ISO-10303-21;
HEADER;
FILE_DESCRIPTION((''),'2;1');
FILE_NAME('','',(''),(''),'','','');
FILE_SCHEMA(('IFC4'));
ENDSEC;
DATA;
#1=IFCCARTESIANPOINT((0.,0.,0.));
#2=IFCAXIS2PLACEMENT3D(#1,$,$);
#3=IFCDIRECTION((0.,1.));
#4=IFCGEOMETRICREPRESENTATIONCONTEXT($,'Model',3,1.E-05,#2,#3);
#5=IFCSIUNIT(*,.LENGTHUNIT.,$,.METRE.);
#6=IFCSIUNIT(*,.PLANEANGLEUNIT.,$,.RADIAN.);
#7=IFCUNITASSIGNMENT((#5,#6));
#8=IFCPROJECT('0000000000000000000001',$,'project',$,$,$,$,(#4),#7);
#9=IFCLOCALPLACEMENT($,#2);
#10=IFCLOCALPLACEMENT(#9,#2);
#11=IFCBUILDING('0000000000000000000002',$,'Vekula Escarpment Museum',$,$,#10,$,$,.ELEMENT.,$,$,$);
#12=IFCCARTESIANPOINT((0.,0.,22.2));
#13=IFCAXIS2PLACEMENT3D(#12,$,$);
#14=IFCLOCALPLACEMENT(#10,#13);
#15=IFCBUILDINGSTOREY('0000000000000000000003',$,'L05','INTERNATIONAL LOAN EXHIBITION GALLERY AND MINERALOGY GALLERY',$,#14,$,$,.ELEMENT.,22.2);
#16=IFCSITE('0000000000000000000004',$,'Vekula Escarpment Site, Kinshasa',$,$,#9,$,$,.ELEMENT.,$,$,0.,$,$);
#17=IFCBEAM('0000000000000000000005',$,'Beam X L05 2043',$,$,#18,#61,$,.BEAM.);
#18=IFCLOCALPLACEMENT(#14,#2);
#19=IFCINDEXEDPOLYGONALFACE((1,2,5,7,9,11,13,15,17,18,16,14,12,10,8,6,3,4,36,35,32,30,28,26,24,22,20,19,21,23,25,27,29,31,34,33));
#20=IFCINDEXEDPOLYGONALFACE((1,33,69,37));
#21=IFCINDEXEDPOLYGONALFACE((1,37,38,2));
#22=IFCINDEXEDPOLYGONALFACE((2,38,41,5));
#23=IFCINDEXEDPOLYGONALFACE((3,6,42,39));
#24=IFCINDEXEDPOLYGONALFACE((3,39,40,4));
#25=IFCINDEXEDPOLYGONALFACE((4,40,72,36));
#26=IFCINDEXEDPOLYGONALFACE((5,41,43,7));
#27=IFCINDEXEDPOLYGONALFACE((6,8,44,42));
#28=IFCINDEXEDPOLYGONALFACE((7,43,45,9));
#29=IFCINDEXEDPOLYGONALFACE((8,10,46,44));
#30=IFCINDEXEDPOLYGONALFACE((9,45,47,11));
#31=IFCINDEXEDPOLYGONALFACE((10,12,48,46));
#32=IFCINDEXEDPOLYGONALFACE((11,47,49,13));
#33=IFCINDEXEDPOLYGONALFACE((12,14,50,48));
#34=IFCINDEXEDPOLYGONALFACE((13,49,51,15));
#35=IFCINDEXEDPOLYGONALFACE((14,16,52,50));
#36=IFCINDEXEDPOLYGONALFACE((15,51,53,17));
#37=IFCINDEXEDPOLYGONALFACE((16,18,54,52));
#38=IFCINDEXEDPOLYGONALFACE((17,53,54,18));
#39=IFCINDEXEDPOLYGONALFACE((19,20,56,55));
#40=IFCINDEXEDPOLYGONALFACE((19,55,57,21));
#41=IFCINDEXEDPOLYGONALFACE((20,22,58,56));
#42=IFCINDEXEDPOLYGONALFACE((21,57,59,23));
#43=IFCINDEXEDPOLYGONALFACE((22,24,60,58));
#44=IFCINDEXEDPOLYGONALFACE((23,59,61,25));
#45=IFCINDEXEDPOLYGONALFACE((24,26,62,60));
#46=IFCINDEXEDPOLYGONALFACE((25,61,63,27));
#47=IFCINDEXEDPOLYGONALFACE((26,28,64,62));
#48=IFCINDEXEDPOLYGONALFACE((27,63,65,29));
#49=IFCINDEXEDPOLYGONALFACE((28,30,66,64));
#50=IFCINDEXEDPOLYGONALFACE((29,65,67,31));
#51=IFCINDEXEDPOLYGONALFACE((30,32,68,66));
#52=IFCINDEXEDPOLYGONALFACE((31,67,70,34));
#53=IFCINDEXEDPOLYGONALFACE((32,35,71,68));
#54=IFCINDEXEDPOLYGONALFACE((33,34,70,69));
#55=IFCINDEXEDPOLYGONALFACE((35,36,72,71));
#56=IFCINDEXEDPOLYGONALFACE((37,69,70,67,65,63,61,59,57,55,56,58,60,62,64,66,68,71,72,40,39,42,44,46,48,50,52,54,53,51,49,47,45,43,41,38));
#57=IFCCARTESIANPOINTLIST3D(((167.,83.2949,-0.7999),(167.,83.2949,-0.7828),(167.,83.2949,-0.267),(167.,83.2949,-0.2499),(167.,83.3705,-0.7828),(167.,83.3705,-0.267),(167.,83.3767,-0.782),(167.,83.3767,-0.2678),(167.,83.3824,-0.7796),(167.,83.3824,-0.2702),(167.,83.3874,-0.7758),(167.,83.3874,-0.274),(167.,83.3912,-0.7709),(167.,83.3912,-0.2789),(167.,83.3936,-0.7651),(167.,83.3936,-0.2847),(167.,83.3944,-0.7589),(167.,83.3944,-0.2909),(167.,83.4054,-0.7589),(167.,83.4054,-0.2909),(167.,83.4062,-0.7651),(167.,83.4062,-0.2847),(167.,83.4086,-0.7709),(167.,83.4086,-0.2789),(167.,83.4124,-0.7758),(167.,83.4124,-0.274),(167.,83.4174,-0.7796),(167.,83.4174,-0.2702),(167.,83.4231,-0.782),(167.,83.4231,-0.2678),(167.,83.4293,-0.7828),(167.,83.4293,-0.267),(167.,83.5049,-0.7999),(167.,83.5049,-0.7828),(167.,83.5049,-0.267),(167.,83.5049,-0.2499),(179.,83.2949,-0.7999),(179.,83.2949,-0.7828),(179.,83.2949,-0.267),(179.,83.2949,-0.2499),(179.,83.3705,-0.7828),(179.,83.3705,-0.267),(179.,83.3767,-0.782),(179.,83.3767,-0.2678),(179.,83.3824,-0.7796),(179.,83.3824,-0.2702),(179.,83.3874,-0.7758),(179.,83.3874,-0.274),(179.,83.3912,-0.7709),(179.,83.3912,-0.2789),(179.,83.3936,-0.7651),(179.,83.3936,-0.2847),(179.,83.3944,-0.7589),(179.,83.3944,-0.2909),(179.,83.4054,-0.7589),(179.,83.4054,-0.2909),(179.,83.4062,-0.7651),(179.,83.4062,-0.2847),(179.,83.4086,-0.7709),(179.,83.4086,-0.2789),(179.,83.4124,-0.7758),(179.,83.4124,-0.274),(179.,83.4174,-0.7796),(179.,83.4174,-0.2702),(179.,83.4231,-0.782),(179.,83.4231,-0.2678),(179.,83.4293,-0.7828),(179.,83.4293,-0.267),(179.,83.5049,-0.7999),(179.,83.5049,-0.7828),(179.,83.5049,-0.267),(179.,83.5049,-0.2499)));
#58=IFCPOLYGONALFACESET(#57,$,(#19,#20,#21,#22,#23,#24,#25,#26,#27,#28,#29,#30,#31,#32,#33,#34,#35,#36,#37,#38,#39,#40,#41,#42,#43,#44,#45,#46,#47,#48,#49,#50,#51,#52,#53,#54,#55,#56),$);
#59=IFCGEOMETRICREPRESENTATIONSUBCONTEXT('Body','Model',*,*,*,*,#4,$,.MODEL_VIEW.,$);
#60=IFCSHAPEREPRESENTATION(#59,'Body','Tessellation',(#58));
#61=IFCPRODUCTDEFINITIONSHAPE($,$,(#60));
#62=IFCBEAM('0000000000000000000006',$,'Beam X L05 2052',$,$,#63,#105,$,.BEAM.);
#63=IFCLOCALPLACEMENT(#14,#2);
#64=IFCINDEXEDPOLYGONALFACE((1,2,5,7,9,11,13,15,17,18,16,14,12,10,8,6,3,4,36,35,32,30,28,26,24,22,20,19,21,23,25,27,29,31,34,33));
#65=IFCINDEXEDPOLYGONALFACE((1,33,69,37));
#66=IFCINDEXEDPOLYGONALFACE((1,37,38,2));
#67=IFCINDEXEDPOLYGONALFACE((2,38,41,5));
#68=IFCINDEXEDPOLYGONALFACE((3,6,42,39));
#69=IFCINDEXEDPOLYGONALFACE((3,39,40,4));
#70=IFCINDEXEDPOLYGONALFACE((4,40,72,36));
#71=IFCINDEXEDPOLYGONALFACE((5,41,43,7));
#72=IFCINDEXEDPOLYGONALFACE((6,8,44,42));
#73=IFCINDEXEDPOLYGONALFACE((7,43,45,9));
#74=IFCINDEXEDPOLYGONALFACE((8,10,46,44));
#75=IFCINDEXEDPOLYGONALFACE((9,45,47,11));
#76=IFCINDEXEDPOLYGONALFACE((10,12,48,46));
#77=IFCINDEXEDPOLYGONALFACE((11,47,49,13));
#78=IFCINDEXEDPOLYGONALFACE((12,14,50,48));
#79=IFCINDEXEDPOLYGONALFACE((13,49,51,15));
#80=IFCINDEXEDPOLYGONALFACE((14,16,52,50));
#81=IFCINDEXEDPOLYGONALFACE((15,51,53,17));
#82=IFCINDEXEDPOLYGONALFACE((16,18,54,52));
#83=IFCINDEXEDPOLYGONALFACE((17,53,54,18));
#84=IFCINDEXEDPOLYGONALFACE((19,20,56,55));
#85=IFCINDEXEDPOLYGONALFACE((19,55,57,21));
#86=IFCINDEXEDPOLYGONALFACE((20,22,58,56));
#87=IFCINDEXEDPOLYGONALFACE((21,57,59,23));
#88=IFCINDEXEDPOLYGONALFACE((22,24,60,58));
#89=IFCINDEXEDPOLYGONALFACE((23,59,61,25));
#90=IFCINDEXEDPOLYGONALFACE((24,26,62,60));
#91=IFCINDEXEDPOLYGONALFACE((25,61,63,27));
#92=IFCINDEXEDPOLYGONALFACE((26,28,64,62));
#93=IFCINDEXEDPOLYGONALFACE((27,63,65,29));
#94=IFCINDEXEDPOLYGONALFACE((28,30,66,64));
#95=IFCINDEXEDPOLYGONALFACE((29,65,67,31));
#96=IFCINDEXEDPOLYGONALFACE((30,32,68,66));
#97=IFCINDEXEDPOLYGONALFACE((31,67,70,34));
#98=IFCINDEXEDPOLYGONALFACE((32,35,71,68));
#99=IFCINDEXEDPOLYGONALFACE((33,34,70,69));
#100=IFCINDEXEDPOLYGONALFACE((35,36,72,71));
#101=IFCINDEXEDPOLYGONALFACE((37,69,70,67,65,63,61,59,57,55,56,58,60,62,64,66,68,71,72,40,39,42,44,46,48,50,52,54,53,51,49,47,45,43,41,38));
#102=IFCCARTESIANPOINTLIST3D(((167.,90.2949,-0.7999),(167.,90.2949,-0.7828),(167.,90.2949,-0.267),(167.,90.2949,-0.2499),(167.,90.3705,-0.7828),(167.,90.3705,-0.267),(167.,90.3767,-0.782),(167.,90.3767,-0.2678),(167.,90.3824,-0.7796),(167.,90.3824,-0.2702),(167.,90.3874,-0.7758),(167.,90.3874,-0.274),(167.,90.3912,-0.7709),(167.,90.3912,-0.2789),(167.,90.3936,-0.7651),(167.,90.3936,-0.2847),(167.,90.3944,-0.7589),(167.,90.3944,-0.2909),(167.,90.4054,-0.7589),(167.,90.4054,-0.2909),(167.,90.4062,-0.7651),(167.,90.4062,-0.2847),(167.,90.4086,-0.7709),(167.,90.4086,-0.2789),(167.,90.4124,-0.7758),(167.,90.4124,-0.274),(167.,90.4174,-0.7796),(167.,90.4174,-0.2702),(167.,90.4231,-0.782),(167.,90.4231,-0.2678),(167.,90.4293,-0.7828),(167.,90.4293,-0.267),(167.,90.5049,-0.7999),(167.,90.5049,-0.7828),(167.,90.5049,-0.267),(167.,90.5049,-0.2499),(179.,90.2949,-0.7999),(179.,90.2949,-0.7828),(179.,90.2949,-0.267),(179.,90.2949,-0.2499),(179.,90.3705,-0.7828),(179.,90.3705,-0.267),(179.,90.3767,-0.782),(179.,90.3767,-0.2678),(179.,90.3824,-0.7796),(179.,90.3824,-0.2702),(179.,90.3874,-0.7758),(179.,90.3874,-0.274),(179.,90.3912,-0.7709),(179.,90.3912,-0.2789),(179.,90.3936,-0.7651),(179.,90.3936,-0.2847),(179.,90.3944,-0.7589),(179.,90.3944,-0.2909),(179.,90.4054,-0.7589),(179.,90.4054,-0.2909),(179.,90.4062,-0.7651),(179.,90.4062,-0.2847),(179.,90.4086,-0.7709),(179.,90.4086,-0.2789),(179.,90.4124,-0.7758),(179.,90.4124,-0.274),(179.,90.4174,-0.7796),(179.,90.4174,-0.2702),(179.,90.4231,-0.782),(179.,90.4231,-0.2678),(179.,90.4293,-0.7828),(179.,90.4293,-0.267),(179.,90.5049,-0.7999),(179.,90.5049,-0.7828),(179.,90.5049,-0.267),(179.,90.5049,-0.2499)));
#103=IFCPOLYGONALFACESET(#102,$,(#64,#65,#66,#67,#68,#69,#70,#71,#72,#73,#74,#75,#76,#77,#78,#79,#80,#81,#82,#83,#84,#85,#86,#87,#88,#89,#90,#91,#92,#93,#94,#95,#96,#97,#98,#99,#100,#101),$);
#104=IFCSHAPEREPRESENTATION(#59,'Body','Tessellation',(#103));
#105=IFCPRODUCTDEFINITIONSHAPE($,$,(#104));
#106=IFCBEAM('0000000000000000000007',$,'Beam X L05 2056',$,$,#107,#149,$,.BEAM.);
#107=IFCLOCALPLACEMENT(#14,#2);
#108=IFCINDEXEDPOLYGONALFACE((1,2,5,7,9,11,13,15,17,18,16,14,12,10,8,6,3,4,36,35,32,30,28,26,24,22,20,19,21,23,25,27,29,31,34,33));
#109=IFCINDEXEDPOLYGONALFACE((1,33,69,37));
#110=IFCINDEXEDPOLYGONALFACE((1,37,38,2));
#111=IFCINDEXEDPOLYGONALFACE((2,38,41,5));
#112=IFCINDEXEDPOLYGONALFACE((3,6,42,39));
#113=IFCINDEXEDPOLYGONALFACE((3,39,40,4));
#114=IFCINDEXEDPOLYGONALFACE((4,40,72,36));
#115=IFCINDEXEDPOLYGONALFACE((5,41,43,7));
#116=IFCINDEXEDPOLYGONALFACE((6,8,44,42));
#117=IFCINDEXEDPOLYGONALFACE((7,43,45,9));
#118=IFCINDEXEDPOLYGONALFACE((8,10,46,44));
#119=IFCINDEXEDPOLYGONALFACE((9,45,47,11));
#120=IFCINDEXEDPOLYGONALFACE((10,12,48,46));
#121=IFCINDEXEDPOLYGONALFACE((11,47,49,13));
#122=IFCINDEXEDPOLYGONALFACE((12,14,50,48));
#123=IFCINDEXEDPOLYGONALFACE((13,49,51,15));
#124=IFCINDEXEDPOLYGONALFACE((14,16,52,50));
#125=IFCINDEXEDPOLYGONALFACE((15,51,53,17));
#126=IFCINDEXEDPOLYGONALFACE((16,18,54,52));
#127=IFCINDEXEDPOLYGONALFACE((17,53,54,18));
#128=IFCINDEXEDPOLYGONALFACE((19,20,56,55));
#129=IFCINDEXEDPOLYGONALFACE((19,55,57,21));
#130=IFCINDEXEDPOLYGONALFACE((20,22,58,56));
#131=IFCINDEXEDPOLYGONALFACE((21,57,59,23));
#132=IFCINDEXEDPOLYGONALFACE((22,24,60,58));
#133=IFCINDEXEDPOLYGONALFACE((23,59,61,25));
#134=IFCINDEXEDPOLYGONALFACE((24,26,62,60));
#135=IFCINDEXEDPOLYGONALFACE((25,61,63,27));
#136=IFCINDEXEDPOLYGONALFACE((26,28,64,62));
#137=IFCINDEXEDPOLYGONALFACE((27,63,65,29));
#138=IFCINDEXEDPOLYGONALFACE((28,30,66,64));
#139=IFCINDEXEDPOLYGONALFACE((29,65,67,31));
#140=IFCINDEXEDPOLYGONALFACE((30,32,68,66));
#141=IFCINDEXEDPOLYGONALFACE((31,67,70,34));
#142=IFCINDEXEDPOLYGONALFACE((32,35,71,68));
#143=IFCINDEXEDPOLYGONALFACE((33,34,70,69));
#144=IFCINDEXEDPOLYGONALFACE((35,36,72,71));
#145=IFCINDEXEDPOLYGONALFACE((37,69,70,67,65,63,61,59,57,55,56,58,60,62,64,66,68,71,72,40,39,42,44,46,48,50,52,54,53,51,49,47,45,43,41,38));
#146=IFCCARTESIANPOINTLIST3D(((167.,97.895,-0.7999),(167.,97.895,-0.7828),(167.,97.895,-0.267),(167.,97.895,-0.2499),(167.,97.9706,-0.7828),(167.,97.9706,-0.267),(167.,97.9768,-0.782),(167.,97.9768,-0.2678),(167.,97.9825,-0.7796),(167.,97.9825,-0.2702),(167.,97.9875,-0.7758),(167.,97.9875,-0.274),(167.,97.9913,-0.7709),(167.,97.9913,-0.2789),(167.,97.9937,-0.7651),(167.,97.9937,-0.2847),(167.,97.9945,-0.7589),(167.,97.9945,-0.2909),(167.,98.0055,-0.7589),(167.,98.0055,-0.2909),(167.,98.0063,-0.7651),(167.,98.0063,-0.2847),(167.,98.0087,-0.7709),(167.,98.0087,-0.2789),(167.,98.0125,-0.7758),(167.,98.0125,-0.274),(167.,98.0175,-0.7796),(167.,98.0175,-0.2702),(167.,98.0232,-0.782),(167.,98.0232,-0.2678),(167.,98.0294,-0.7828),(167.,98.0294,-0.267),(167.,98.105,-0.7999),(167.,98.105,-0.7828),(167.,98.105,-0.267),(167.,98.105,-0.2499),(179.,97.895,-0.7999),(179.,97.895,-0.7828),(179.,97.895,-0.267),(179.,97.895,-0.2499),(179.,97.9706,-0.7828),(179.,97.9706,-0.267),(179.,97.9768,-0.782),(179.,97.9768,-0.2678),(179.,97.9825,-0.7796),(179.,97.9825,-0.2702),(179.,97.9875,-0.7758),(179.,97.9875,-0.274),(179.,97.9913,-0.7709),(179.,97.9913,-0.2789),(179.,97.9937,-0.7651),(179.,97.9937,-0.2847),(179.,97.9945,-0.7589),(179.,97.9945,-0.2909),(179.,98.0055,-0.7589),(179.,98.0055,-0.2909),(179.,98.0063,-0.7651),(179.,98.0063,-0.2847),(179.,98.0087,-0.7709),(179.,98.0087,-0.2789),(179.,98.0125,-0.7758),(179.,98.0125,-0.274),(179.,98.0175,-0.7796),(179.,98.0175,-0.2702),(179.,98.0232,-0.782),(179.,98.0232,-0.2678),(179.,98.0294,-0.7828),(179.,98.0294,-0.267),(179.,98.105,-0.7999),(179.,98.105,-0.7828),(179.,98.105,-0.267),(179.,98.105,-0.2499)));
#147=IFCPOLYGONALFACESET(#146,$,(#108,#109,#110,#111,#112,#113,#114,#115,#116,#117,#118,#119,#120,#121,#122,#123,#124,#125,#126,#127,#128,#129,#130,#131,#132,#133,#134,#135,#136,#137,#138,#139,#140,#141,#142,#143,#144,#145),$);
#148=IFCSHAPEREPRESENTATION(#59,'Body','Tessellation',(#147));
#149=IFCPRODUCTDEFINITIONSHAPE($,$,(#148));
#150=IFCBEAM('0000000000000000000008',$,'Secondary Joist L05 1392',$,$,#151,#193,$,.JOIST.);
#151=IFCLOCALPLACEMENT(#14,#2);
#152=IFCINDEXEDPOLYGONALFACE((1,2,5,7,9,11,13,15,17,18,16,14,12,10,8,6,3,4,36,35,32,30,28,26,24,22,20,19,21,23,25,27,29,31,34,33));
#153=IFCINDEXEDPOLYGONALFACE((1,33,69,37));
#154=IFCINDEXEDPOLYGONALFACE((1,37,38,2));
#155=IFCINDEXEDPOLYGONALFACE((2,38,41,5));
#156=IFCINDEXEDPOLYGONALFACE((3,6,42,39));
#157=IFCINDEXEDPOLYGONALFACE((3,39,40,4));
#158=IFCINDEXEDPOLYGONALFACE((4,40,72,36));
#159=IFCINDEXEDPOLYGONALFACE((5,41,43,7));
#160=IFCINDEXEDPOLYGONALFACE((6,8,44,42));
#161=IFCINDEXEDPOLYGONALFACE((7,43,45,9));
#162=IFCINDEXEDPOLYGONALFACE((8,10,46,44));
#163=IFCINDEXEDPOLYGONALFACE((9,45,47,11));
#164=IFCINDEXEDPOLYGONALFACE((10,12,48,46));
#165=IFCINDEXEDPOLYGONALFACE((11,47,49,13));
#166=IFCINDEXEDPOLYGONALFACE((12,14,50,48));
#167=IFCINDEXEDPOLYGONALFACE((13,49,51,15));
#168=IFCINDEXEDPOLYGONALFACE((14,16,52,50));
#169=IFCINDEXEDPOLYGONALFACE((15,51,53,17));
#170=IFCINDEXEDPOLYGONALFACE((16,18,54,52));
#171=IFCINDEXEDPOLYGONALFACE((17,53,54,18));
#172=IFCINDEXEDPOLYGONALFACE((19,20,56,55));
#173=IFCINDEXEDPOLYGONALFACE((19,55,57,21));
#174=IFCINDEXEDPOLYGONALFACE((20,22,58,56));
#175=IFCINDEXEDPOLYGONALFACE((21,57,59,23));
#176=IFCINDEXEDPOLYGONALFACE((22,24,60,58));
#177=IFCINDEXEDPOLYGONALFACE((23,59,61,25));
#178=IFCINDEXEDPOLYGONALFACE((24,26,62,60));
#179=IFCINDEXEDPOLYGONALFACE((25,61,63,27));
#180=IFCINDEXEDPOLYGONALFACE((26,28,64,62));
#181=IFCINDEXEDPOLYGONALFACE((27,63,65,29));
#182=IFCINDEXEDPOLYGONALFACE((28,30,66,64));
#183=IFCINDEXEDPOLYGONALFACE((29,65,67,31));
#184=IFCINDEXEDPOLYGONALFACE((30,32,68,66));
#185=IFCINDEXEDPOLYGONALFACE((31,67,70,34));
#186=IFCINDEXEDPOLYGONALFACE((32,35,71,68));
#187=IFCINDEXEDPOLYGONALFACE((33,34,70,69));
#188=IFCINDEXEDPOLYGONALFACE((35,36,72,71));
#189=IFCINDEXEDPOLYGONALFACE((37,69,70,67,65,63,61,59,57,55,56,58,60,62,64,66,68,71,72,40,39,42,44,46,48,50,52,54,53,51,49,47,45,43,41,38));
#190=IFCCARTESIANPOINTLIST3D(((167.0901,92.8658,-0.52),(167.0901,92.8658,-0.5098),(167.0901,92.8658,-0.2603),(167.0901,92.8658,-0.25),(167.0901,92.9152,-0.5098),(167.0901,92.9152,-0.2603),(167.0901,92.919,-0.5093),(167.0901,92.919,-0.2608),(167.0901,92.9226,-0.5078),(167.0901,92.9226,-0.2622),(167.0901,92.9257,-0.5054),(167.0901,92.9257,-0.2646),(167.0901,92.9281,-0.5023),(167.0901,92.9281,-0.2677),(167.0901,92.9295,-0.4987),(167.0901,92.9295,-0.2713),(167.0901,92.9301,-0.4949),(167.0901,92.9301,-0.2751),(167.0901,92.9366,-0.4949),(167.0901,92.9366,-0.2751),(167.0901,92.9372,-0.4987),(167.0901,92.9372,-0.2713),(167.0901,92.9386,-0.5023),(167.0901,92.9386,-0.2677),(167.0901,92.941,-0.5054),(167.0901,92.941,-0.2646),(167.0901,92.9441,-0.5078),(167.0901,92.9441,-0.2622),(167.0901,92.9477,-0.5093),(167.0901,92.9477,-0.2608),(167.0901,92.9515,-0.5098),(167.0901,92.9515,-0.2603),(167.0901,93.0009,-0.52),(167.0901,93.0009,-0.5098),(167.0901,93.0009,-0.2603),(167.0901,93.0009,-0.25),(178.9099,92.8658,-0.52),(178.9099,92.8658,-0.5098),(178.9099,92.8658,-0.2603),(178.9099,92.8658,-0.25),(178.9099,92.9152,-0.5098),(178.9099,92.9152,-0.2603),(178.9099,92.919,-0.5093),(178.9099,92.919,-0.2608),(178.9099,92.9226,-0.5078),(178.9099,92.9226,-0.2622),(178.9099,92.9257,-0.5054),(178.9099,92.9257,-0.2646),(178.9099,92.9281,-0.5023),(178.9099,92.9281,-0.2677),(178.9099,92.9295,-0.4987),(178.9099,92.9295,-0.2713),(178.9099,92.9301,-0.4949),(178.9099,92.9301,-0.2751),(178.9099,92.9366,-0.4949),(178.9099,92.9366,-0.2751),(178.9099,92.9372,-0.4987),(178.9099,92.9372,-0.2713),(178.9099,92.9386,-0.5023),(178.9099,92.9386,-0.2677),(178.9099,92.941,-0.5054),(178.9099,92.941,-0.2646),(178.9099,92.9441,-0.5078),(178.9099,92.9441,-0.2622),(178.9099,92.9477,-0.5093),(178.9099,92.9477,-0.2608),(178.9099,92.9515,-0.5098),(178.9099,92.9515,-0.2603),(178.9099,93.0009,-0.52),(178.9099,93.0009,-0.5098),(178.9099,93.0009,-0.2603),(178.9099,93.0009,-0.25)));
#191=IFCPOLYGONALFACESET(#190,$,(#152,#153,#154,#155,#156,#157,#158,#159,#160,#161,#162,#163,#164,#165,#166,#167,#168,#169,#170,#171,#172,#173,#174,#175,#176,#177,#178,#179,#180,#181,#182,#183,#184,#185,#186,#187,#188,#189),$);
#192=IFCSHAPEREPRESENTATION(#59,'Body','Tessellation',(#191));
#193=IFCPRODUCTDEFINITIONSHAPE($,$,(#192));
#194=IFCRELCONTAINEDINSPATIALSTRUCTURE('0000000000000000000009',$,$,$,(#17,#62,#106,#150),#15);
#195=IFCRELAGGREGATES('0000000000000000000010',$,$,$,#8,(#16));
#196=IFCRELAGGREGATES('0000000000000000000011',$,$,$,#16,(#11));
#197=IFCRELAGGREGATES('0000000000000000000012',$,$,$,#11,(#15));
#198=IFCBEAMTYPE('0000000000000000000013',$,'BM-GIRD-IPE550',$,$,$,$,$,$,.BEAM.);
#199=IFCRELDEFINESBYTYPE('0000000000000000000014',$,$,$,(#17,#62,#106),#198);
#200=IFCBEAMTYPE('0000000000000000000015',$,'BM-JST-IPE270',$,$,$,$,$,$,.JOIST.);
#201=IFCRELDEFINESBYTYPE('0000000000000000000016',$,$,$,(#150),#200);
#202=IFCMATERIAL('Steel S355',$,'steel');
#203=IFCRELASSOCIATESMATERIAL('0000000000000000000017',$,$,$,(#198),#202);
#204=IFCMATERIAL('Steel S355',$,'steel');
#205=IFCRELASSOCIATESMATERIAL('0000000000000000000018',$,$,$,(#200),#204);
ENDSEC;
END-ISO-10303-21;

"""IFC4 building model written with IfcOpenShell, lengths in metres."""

from ifc_helpers import new_model, si_unit, direction, frame, origin, origin_2d, place, context, subcontext, project, spatial, i_section, extrude, material, material_profile, profile_set, type_object, element, save


model = new_model("IFC4")

# Units and contexts
model_context = context("Model", 3, precision=1e-05, world=origin(), true_north=direction((0.0, 1.0)))
body_context = subcontext(model_context, "Body", "Model", "MODEL_VIEW")
ifc_project = project(units=[si_unit("LENGTHUNIT", "METRE"), si_unit("PLANEANGLEUNIT", "RADIAN")], contexts=[model_context])

# Site, building, storey
site_placement = place(None, origin())
site = spatial("IfcSite", under=ifc_project, at=site_placement, Name="Vekula Escarpment Site, Kinshasa", CompositionType="ELEMENT", RefElevation=0.0)
building_placement = place(site_placement, origin())
building = spatial("IfcBuilding", under=site, at=building_placement, Name="Vekula Escarpment Museum", CompositionType="ELEMENT")
storey_placement = place(building_placement, frame((0.0, 0.0, 22.2)))
storey = spatial("IfcBuildingStorey", under=building, at=storey_placement, Name="L05", Description="INTERNATIONAL LOAN EXHIBITION GALLERY AND MINERALOGY GALLERY", CompositionType="ELEMENT", Elevation=22.2)

# Beams
ifc_material_1 = material(Name="Steel S355", Category="steel")
ifc_material_profile_1 = material_profile(ifc_material_1, i_section(OverallWidth=0.21, OverallDepth=0.55, WebThickness=0.011, FlangeThickness=0.0171, FilletRadius=0.0239, at=origin_2d()), Name="IPE 550")
ifc_profile_set_1 = profile_set([ifc_material_profile_1], Name="Steel S355")
beam_type_1 = type_object("IfcBeamType", Name="BM-GIRD-IPE550", PredefinedType="BEAM", material=ifc_profile_set_1)
for number, where, z_axis, x_axis, name in (
    (1, (167.0, 83.3999, -0.5249), (1.0, 0.0, 0.0), (0.0, 1.0, 0.0), "Beam X L05 2043"),
    (2, (167.0, 90.3999, -0.5249), (1.0, 0.0, 0.0), (0.0, 1.0, 0.0), "Beam X L05 2052"),
    (3, (167.0, 98.0, -0.5249), (1.0, 0.0, 0.0), (0.0, 1.0, 0.0), "Beam X L05 2056"),
):
    element("IfcBeam", number, at=place(storey_placement, frame(where, z_axis=z_axis, x_axis=x_axis)), inside=storey, type_object=beam_type_1, Name=name, PredefinedType="BEAM", context=body_context, shape_type="SweptSolid", body=[
        extrude(i_section(OverallWidth=0.21, OverallDepth=0.55, WebThickness=0.011, FlangeThickness=0.0171, FilletRadius=0.0239, at=origin_2d()), origin(), (0.0, 0.0, 1.0), 12.0),
    ])
ifc_material_2 = material(Name="Steel S355", Category="steel")
ifc_material_profile_2 = material_profile(ifc_material_2, i_section(OverallWidth=0.135, OverallDepth=0.27, WebThickness=0.0066, FlangeThickness=0.0103, FilletRadius=0.0149, at=origin_2d()), Name="IPE 270")
ifc_profile_set_2 = profile_set([ifc_material_profile_2], Name="Steel S355")
beam_type_2 = type_object("IfcBeamType", Name="BM-JST-IPE270", PredefinedType="JOIST", material=ifc_profile_set_2)
for number, where, z_axis, x_axis, name in (
    (4, (167.0901, 92.9333, -0.385), (1.0, 0.0, 0.0), (0.0, 1.0, 0.0), "Secondary Joist L05 1392"),
):
    element("IfcBeam", number, at=place(storey_placement, frame(where, z_axis=z_axis, x_axis=x_axis)), inside=storey, type_object=beam_type_2, Name=name, PredefinedType="JOIST", context=body_context, shape_type="SweptSolid", body=[
        extrude(i_section(OverallWidth=0.135, OverallDepth=0.27, WebThickness=0.0066, FlangeThickness=0.0103, FilletRadius=0.0149, at=origin_2d()), origin(), (0.0, 0.0, 1.0), 11.8198),
    ])

save(model, "model.ifc")
